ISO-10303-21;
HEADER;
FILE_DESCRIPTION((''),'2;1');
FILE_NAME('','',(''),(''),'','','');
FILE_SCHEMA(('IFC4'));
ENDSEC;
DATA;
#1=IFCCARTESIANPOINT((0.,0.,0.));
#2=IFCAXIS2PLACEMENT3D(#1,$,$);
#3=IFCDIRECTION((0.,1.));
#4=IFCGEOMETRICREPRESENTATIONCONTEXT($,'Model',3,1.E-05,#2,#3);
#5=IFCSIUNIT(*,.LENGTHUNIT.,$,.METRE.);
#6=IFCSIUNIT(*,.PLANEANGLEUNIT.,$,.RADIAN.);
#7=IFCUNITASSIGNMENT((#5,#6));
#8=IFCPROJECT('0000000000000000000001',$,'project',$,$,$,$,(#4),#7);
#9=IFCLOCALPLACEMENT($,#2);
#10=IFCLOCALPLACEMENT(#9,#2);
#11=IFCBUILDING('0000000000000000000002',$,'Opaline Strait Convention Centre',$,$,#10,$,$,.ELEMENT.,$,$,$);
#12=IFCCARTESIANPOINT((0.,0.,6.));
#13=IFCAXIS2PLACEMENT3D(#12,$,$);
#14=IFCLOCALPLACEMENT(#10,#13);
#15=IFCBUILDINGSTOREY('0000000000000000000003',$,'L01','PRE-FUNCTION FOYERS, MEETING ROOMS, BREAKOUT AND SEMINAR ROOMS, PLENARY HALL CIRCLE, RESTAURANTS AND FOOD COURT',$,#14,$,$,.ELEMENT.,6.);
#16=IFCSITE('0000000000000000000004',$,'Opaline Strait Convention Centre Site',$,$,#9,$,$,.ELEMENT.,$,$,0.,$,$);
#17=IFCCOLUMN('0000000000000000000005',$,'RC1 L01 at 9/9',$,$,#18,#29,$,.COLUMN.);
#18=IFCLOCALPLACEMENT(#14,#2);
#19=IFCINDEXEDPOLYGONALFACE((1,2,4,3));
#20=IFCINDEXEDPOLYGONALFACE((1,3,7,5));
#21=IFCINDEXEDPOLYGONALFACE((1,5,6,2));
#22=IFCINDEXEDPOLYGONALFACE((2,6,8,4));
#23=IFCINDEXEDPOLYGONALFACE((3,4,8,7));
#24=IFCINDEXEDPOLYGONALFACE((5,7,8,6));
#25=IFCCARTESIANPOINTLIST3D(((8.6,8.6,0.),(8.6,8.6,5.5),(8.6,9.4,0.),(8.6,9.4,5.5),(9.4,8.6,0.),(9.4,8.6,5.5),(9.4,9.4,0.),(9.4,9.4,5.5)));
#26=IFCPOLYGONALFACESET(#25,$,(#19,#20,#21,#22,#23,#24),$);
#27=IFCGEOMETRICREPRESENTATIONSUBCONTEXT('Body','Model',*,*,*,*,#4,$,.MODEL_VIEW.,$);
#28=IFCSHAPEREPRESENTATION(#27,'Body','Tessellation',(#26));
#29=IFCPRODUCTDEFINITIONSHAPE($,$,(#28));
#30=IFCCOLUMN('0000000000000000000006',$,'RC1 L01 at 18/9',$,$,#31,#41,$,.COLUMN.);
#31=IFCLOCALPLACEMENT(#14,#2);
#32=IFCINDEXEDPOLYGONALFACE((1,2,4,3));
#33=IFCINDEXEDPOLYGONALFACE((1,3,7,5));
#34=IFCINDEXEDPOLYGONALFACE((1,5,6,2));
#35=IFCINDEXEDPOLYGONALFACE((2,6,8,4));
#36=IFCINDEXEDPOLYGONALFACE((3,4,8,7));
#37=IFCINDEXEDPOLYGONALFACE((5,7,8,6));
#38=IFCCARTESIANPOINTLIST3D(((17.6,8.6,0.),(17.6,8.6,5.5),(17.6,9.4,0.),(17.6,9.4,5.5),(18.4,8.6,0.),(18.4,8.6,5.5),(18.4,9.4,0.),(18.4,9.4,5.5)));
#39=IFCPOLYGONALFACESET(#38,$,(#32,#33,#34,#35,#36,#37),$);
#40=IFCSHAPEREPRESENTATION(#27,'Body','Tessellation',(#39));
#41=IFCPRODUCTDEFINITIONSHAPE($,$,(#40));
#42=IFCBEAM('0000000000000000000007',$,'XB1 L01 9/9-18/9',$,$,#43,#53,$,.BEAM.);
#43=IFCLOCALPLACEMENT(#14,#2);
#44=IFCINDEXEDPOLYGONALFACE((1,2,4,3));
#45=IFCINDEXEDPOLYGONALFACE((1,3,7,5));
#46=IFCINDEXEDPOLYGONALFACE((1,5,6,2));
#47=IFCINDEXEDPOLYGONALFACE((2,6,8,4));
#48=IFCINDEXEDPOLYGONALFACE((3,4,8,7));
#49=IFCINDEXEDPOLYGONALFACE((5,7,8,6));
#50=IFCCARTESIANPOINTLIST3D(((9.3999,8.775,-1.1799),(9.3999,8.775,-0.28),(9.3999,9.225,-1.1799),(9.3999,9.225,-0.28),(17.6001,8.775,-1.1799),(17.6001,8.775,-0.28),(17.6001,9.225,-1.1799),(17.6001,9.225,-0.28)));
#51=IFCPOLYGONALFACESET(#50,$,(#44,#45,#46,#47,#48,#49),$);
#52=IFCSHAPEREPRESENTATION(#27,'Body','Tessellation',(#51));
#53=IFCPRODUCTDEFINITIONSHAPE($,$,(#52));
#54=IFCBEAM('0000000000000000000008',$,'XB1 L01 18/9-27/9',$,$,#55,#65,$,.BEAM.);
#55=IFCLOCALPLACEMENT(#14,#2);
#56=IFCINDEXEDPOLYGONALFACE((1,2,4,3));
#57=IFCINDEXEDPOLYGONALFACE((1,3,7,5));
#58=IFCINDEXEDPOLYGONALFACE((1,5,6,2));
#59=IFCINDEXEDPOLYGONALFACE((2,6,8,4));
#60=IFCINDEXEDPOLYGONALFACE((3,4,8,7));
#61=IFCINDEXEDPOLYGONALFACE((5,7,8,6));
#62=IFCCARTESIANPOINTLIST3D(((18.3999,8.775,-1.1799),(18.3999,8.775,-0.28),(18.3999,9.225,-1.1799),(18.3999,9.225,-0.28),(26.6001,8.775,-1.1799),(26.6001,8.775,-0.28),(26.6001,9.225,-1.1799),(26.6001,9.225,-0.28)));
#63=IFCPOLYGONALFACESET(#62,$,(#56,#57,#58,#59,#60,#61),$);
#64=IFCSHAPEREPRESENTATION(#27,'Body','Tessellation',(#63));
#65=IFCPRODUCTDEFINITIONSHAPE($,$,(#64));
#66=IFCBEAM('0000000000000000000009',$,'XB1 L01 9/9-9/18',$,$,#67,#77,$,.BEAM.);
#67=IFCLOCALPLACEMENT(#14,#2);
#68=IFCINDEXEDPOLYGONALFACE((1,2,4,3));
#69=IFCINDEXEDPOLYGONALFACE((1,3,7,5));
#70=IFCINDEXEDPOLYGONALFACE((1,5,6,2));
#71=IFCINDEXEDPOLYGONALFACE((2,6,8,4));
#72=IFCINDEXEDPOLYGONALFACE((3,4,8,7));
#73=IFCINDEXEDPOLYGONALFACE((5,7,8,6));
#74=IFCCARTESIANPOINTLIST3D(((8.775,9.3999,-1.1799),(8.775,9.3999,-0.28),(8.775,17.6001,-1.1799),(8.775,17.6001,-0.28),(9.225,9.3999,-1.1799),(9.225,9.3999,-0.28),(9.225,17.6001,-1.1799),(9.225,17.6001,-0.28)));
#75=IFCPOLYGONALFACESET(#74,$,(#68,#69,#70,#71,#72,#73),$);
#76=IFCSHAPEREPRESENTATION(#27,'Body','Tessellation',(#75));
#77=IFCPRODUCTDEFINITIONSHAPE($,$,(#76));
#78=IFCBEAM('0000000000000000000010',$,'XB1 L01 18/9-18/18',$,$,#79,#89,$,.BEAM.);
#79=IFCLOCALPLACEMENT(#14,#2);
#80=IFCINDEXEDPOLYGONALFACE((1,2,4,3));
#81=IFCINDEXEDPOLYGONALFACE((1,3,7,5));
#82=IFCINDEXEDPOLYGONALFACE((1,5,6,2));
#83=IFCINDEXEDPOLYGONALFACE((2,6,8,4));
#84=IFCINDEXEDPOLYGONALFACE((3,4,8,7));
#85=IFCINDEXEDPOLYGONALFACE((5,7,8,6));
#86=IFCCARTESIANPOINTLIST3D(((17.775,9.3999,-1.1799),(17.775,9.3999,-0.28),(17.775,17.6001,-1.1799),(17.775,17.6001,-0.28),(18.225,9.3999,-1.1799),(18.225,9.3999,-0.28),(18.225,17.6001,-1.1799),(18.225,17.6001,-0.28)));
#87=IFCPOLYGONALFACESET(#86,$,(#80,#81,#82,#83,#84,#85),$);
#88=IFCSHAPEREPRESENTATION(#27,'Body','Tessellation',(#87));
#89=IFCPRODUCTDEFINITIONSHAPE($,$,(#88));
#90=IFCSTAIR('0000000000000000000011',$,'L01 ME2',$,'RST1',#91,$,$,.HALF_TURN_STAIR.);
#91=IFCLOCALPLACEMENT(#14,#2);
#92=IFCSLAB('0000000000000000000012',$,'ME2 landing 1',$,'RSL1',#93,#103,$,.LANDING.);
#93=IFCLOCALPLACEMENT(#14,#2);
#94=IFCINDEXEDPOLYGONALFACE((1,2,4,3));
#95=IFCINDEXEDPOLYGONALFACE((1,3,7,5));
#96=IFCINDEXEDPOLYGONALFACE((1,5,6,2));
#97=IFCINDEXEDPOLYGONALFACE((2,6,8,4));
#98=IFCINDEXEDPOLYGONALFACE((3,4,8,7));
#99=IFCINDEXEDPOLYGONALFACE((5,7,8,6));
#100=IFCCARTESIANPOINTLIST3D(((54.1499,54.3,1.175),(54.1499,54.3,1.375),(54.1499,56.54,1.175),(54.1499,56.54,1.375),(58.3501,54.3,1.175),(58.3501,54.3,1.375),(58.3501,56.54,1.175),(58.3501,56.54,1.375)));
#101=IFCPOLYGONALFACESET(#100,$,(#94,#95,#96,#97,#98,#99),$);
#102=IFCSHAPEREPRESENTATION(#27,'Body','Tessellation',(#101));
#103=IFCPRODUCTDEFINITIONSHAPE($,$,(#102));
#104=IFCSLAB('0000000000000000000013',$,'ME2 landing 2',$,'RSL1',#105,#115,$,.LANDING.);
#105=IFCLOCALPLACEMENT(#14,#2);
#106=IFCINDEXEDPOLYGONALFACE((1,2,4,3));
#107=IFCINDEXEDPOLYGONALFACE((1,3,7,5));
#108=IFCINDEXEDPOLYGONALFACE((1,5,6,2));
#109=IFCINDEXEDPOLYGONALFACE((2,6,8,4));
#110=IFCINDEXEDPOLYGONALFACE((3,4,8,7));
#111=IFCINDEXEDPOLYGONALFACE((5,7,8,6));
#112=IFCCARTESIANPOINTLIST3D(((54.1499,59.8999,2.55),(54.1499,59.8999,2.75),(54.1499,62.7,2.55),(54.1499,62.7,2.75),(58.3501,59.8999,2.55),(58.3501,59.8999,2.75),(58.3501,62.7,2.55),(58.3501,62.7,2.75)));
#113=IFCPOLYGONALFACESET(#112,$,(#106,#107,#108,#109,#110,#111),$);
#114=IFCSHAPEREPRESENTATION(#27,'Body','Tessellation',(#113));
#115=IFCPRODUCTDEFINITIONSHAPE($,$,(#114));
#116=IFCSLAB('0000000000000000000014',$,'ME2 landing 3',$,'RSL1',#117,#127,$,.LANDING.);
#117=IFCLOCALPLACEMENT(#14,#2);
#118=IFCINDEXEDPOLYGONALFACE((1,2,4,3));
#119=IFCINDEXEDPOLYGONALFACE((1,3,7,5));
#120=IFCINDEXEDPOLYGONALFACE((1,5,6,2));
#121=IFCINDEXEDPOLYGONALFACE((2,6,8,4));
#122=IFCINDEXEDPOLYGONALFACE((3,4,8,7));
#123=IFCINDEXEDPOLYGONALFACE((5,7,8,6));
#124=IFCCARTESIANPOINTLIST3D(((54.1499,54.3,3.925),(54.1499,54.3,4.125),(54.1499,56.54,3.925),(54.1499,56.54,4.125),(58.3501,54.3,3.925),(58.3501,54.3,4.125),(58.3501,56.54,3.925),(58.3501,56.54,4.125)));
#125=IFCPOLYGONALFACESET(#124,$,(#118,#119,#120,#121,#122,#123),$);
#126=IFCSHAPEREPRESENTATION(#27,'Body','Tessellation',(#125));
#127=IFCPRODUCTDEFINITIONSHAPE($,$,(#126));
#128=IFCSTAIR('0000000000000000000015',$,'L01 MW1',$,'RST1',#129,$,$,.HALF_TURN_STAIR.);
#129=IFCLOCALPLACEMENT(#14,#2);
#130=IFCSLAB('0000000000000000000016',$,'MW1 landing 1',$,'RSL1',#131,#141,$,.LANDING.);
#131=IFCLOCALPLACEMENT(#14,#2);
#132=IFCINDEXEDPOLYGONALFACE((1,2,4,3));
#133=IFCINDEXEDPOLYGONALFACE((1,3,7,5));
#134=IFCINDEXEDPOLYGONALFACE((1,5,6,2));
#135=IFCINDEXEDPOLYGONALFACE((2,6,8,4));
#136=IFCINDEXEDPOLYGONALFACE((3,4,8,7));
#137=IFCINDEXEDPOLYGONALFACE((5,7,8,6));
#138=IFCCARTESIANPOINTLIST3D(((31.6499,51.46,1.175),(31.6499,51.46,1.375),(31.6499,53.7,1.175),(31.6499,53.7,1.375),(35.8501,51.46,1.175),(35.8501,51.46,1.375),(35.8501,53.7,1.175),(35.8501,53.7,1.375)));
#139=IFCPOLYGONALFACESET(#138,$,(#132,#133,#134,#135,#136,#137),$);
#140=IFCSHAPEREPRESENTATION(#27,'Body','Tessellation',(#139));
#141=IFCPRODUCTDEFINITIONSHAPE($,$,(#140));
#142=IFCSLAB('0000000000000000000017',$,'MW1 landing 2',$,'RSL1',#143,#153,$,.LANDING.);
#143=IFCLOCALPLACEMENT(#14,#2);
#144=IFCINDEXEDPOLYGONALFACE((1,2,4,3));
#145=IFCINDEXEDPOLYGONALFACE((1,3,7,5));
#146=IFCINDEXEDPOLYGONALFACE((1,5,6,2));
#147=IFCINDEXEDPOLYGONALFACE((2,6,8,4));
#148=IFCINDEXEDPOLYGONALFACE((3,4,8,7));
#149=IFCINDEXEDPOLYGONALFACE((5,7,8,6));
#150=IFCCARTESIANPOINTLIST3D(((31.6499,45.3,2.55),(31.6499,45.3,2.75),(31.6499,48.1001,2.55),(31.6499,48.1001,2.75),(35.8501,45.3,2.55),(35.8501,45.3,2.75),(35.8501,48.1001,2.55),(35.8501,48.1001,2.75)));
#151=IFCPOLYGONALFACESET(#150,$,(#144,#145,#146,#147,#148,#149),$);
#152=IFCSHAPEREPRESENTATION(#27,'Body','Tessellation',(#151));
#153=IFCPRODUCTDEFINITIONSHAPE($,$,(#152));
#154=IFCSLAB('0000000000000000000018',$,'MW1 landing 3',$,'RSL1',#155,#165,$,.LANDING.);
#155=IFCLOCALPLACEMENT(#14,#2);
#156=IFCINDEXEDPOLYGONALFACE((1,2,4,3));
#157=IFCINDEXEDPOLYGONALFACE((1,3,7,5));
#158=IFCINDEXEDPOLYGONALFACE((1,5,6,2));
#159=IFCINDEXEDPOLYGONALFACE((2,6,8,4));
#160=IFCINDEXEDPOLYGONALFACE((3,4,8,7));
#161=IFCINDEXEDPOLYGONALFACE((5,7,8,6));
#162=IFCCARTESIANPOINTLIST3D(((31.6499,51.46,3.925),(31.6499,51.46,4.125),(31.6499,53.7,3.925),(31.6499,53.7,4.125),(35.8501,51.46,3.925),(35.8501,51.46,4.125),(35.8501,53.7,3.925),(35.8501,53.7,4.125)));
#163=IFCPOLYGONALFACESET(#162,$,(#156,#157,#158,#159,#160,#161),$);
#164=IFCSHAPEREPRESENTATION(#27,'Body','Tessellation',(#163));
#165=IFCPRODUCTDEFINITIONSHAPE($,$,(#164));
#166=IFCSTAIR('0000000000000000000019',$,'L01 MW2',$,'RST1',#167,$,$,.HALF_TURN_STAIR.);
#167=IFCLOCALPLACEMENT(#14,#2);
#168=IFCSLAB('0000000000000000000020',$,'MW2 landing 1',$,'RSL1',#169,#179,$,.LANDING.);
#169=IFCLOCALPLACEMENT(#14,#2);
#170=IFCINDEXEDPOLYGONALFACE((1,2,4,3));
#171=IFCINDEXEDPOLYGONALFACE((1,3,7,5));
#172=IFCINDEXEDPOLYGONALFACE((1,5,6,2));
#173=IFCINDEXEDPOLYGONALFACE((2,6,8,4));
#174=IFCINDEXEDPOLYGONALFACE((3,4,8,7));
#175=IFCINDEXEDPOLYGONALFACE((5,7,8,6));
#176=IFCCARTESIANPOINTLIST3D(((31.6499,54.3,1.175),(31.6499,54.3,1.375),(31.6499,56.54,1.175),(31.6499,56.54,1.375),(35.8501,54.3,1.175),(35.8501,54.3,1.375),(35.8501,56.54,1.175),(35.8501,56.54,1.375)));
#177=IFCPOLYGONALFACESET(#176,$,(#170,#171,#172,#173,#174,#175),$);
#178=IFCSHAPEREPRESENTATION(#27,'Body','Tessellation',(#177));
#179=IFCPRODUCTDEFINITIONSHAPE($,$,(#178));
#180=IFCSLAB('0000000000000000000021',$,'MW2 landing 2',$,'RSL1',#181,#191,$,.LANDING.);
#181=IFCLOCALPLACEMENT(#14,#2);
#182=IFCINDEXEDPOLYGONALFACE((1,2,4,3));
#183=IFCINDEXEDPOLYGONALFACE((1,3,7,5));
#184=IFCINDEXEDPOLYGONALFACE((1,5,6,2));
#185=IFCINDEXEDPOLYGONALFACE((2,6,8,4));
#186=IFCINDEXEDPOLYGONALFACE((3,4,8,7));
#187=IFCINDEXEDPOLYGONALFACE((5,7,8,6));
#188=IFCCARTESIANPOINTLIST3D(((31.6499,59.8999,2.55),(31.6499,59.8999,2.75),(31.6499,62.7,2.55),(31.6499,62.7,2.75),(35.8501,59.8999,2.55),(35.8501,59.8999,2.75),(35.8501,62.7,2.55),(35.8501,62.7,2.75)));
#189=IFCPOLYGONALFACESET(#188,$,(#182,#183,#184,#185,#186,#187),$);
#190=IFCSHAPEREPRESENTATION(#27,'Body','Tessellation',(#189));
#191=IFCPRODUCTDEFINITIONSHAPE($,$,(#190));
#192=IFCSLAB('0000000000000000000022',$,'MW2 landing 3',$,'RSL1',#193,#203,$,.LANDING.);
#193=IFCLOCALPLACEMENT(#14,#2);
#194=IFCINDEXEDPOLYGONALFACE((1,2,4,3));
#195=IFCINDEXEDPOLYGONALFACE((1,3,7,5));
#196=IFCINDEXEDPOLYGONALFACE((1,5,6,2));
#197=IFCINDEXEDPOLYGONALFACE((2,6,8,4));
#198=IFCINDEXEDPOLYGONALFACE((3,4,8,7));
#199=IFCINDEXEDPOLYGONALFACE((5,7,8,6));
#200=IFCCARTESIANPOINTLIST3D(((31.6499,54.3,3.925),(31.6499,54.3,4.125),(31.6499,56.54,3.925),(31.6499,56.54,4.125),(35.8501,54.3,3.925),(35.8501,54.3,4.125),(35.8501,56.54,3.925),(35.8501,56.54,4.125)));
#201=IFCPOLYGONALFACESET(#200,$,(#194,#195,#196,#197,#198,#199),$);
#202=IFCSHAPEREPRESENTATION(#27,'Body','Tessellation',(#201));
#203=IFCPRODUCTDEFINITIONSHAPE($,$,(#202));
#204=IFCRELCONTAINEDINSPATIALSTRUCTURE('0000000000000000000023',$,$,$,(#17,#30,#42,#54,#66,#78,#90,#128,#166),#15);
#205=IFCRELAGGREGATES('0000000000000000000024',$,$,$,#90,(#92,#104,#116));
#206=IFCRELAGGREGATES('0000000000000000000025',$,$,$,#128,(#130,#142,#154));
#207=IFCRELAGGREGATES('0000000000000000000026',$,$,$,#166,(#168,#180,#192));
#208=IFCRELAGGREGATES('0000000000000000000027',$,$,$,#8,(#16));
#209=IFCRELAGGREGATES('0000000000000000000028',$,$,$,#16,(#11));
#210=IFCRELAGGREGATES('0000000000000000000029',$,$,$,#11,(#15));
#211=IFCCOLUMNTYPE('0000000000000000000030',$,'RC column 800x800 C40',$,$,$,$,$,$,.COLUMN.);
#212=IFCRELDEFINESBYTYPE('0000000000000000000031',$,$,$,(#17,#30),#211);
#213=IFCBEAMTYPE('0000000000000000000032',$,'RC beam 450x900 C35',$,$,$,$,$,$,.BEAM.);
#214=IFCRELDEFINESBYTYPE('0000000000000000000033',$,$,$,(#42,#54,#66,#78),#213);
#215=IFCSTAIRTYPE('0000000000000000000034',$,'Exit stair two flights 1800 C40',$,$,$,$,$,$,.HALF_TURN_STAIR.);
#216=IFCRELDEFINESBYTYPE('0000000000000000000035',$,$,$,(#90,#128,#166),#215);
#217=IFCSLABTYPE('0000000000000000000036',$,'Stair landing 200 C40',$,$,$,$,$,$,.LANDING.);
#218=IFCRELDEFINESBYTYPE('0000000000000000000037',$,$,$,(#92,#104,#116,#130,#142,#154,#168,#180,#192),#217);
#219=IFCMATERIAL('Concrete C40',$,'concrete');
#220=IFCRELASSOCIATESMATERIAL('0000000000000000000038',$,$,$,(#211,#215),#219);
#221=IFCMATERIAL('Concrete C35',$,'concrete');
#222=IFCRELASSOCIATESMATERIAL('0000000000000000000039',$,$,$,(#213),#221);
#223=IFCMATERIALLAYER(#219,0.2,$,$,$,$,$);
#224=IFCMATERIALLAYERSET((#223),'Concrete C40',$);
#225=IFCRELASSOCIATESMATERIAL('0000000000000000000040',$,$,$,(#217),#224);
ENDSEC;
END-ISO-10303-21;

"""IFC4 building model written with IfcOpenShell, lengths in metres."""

from ifc_helpers import new_model, si_unit, direction, frame, origin, origin_2d, place, context, subcontext, project, spatial, polyline, rectangle, outline, extrude, material, layer, layer_set, material_profile, profile_set, type_object, element, aggregate, save


model = new_model("IFC4")

# Units and contexts
model_context = context("Model", 3, precision=1e-05, world=origin(), true_north=direction((0.0, 1.0)))
body_context = subcontext(model_context, "Body", "Model", "MODEL_VIEW")
ifc_project = project(units=[si_unit("LENGTHUNIT", "METRE"), si_unit("PLANEANGLEUNIT", "RADIAN")], contexts=[model_context])

# Site, building, storey
site_placement = place(None, origin())
site = spatial("IfcSite", under=ifc_project, at=site_placement, Name="Opaline Strait Convention Centre Site", CompositionType="ELEMENT", RefElevation=0.0)
building_placement = place(site_placement, origin())
building = spatial("IfcBuilding", under=site, at=building_placement, Name="Opaline Strait Convention Centre", CompositionType="ELEMENT")
storey_placement = place(building_placement, frame((0.0, 0.0, 6.0)))
storey = spatial("IfcBuildingStorey", under=building, at=storey_placement, Name="L01", Description="PRE-FUNCTION FOYERS, MEETING ROOMS, BREAKOUT AND SEMINAR ROOMS, PLENARY HALL CIRCLE, RESTAURANTS AND FOOD COURT", CompositionType="ELEMENT", Elevation=6.0)

# Columns
ifc_material_1 = material(Name="Concrete C40", Category="concrete")
ifc_material_profile_1 = material_profile(ifc_material_1, rectangle(XDim=0.8, YDim=0.8, at=origin_2d()), Name="RC 800x800")
ifc_profile_set_1 = profile_set([ifc_material_profile_1], Name="Concrete C40")
column_type = type_object("IfcColumnType", Name="RC column 800x800 C40", PredefinedType="COLUMN", material=ifc_profile_set_1)
for number, where, z_axis, x_axis, name in (
    (1, (9.0, 9.0, 0.0), (0.0, 0.0, 1.0), (1.0, 0.0, 0.0), "RC1 L01 at 9/9"),
    (2, (18.0, 9.0, 0.0), (0.0, 0.0, 1.0), (1.0, 0.0, 0.0), "RC1 L01 at 18/9"),
):
    element("IfcColumn", number, at=place(storey_placement, frame(where, z_axis=z_axis, x_axis=x_axis)), inside=storey, type_object=column_type, Name=name, PredefinedType="COLUMN", context=body_context, shape_type="SweptSolid", body=[
        extrude(rectangle(XDim=0.8, YDim=0.8, at=origin_2d()), origin(), (0.0, 0.0, 1.0), 5.5),
    ])

# Beams
ifc_material_2 = material(Name="Concrete C35", Category="concrete")
ifc_material_profile_2 = material_profile(ifc_material_2, rectangle(XDim=0.45, YDim=0.8999, at=origin_2d()), Name="RC 450x900")
ifc_profile_set_2 = profile_set([ifc_material_profile_2], Name="Concrete C35")
beam_type = type_object("IfcBeamType", Name="RC beam 450x900 C35", PredefinedType="BEAM", material=ifc_profile_set_2)
for number, where, z_axis, x_axis, name in (
    (3, (9.3999, 9.0, -0.73), (1.0, 0.0, 0.0), (0.0, 1.0, 0.0), "XB1 L01 9/9-18/9"),
    (4, (18.3999, 9.0, -0.73), (1.0, 0.0, 0.0), (0.0, 1.0, 0.0), "XB1 L01 18/9-27/9"),
    (5, (9.0, 9.3999, -0.73), (0.0, 1.0, 0.0), (-1.0, 0.0, 0.0), "XB1 L01 9/9-9/18"),
    (6, (18.0, 9.3999, -0.73), (0.0, 1.0, 0.0), (-1.0, 0.0, 0.0), "XB1 L01 18/9-18/18"),
):
    element("IfcBeam", number, at=place(storey_placement, frame(where, z_axis=z_axis, x_axis=x_axis)), inside=storey, type_object=beam_type, Name=name, PredefinedType="BEAM", context=body_context, shape_type="SweptSolid", body=[
        extrude(rectangle(XDim=0.45, YDim=0.8999, at=origin_2d()), origin(), (0.0, 0.0, 1.0), 8.2002),
    ])

# Stairs, slabs
stair_type = type_object("IfcStairType", Name="Exit stair two flights 1800 C40", PredefinedType="HALF_TURN_STAIR", material=ifc_material_1)
stair_1_placement = place(storey_placement, origin())
stair_1 = element("IfcStair", 7, at=stair_1_placement, inside=storey, type_object=stair_type, Name="L01 ME2", ObjectType="RST1", PredefinedType="HALF_TURN_STAIR")
ifc_layer_1 = layer(ifc_material_1, 0.2)
ifc_layer_set_1 = layer_set([ifc_layer_1], Name="Concrete C40")
slab_type = type_object("IfcSlabType", Name="Stair landing 200 C40", PredefinedType="LANDING", material=ifc_layer_set_1)
slab_1_placement = place(storey_placement, frame((0.0, 0.0, 1.175)))
slab_1 = element("IfcSlab", 8, at=slab_1_placement, type_object=slab_type, Name="ME2 landing 1", ObjectType="RSL1", PredefinedType="LANDING", context=body_context, shape_type="SweptSolid", body=[
    extrude(outline(polyline([(54.1499, 56.54), (54.1499, 54.3), (58.3501, 54.3), (58.3501, 56.54), (54.1499, 56.54)])), origin(), (0.0, 0.0, 1.0), 0.2),
])
slab_2_placement = place(storey_placement, frame((0.0, 0.0, 2.55)))
slab_2 = element("IfcSlab", 9, at=slab_2_placement, type_object=slab_type, Name="ME2 landing 2", ObjectType="RSL1", PredefinedType="LANDING", context=body_context, shape_type="SweptSolid", body=[
    extrude(outline(polyline([(54.1499, 62.7), (54.1499, 59.8999), (58.3501, 59.8999), (58.3501, 62.7), (54.1499, 62.7)])), origin(), (0.0, 0.0, 1.0), 0.2),
])
slab_3_placement = place(storey_placement, frame((0.0, 0.0, 3.925)))
slab_3 = element("IfcSlab", 10, at=slab_3_placement, type_object=slab_type, Name="ME2 landing 3", ObjectType="RSL1", PredefinedType="LANDING", context=body_context, shape_type="SweptSolid", body=[
    extrude(outline(polyline([(54.1499, 56.54), (54.1499, 54.3), (58.3501, 54.3), (58.3501, 56.54), (54.1499, 56.54)])), origin(), (0.0, 0.0, 1.0), 0.2),
])
aggregate(stair_1, [slab_1, slab_2, slab_3])
stair_2_placement = place(storey_placement, origin())
stair_2 = element("IfcStair", 11, at=stair_2_placement, inside=storey, type_object=stair_type, Name="L01 MW1", ObjectType="RST1", PredefinedType="HALF_TURN_STAIR")
slab_4_placement = place(storey_placement, frame((0.0, 0.0, 1.175)))
slab_4 = element("IfcSlab", 12, at=slab_4_placement, type_object=slab_type, Name="MW1 landing 1", ObjectType="RSL1", PredefinedType="LANDING", context=body_context, shape_type="SweptSolid", body=[
    extrude(outline(polyline([(35.8501, 51.46), (35.8501, 53.7), (31.6499, 53.7), (31.6499, 51.46), (35.8501, 51.46)])), origin(), (0.0, 0.0, 1.0), 0.2),
])
slab_5_placement = place(storey_placement, frame((0.0, 0.0, 2.55)))
slab_5 = element("IfcSlab", 13, at=slab_5_placement, type_object=slab_type, Name="MW1 landing 2", ObjectType="RSL1", PredefinedType="LANDING", context=body_context, shape_type="SweptSolid", body=[
    extrude(outline(polyline([(35.8501, 45.3), (35.8501, 48.1001), (31.6499, 48.1001), (31.6499, 45.3), (35.8501, 45.3)])), origin(), (0.0, 0.0, 1.0), 0.2),
])
slab_6_placement = place(storey_placement, frame((0.0, 0.0, 3.925)))
slab_6 = element("IfcSlab", 14, at=slab_6_placement, type_object=slab_type, Name="MW1 landing 3", ObjectType="RSL1", PredefinedType="LANDING", context=body_context, shape_type="SweptSolid", body=[
    extrude(outline(polyline([(35.8501, 51.46), (35.8501, 53.7), (31.6499, 53.7), (31.6499, 51.46), (35.8501, 51.46)])), origin(), (0.0, 0.0, 1.0), 0.2),
])
aggregate(stair_2, [slab_4, slab_5, slab_6])
stair_3_placement = place(storey_placement, origin())
stair_3 = element("IfcStair", 15, at=stair_3_placement, inside=storey, type_object=stair_type, Name="L01 MW2", ObjectType="RST1", PredefinedType="HALF_TURN_STAIR")
slab_7_placement = place(storey_placement, frame((0.0, 0.0, 1.175)))
slab_7 = element("IfcSlab", 16, at=slab_7_placement, type_object=slab_type, Name="MW2 landing 1", ObjectType="RSL1", PredefinedType="LANDING", context=body_context, shape_type="SweptSolid", body=[
    extrude(outline(polyline([(31.6499, 56.54), (31.6499, 54.3), (35.8501, 54.3), (35.8501, 56.54), (31.6499, 56.54)])), origin(), (0.0, 0.0, 1.0), 0.2),
])
slab_8_placement = place(storey_placement, frame((0.0, 0.0, 2.55)))
slab_8 = element("IfcSlab", 17, at=slab_8_placement, type_object=slab_type, Name="MW2 landing 2", ObjectType="RSL1", PredefinedType="LANDING", context=body_context, shape_type="SweptSolid", body=[
    extrude(outline(polyline([(31.6499, 62.7), (31.6499, 59.8999), (35.8501, 59.8999), (35.8501, 62.7), (31.6499, 62.7)])), origin(), (0.0, 0.0, 1.0), 0.2),
])
slab_9_placement = place(storey_placement, frame((0.0, 0.0, 3.925)))
slab_9 = element("IfcSlab", 18, at=slab_9_placement, type_object=slab_type, Name="MW2 landing 3", ObjectType="RSL1", PredefinedType="LANDING", context=body_context, shape_type="SweptSolid", body=[
    extrude(outline(polyline([(31.6499, 56.54), (31.6499, 54.3), (35.8501, 54.3), (35.8501, 56.54), (31.6499, 56.54)])), origin(), (0.0, 0.0, 1.0), 0.2),
])
aggregate(stair_3, [slab_7, slab_8, slab_9])

save(model, "model.ifc")
